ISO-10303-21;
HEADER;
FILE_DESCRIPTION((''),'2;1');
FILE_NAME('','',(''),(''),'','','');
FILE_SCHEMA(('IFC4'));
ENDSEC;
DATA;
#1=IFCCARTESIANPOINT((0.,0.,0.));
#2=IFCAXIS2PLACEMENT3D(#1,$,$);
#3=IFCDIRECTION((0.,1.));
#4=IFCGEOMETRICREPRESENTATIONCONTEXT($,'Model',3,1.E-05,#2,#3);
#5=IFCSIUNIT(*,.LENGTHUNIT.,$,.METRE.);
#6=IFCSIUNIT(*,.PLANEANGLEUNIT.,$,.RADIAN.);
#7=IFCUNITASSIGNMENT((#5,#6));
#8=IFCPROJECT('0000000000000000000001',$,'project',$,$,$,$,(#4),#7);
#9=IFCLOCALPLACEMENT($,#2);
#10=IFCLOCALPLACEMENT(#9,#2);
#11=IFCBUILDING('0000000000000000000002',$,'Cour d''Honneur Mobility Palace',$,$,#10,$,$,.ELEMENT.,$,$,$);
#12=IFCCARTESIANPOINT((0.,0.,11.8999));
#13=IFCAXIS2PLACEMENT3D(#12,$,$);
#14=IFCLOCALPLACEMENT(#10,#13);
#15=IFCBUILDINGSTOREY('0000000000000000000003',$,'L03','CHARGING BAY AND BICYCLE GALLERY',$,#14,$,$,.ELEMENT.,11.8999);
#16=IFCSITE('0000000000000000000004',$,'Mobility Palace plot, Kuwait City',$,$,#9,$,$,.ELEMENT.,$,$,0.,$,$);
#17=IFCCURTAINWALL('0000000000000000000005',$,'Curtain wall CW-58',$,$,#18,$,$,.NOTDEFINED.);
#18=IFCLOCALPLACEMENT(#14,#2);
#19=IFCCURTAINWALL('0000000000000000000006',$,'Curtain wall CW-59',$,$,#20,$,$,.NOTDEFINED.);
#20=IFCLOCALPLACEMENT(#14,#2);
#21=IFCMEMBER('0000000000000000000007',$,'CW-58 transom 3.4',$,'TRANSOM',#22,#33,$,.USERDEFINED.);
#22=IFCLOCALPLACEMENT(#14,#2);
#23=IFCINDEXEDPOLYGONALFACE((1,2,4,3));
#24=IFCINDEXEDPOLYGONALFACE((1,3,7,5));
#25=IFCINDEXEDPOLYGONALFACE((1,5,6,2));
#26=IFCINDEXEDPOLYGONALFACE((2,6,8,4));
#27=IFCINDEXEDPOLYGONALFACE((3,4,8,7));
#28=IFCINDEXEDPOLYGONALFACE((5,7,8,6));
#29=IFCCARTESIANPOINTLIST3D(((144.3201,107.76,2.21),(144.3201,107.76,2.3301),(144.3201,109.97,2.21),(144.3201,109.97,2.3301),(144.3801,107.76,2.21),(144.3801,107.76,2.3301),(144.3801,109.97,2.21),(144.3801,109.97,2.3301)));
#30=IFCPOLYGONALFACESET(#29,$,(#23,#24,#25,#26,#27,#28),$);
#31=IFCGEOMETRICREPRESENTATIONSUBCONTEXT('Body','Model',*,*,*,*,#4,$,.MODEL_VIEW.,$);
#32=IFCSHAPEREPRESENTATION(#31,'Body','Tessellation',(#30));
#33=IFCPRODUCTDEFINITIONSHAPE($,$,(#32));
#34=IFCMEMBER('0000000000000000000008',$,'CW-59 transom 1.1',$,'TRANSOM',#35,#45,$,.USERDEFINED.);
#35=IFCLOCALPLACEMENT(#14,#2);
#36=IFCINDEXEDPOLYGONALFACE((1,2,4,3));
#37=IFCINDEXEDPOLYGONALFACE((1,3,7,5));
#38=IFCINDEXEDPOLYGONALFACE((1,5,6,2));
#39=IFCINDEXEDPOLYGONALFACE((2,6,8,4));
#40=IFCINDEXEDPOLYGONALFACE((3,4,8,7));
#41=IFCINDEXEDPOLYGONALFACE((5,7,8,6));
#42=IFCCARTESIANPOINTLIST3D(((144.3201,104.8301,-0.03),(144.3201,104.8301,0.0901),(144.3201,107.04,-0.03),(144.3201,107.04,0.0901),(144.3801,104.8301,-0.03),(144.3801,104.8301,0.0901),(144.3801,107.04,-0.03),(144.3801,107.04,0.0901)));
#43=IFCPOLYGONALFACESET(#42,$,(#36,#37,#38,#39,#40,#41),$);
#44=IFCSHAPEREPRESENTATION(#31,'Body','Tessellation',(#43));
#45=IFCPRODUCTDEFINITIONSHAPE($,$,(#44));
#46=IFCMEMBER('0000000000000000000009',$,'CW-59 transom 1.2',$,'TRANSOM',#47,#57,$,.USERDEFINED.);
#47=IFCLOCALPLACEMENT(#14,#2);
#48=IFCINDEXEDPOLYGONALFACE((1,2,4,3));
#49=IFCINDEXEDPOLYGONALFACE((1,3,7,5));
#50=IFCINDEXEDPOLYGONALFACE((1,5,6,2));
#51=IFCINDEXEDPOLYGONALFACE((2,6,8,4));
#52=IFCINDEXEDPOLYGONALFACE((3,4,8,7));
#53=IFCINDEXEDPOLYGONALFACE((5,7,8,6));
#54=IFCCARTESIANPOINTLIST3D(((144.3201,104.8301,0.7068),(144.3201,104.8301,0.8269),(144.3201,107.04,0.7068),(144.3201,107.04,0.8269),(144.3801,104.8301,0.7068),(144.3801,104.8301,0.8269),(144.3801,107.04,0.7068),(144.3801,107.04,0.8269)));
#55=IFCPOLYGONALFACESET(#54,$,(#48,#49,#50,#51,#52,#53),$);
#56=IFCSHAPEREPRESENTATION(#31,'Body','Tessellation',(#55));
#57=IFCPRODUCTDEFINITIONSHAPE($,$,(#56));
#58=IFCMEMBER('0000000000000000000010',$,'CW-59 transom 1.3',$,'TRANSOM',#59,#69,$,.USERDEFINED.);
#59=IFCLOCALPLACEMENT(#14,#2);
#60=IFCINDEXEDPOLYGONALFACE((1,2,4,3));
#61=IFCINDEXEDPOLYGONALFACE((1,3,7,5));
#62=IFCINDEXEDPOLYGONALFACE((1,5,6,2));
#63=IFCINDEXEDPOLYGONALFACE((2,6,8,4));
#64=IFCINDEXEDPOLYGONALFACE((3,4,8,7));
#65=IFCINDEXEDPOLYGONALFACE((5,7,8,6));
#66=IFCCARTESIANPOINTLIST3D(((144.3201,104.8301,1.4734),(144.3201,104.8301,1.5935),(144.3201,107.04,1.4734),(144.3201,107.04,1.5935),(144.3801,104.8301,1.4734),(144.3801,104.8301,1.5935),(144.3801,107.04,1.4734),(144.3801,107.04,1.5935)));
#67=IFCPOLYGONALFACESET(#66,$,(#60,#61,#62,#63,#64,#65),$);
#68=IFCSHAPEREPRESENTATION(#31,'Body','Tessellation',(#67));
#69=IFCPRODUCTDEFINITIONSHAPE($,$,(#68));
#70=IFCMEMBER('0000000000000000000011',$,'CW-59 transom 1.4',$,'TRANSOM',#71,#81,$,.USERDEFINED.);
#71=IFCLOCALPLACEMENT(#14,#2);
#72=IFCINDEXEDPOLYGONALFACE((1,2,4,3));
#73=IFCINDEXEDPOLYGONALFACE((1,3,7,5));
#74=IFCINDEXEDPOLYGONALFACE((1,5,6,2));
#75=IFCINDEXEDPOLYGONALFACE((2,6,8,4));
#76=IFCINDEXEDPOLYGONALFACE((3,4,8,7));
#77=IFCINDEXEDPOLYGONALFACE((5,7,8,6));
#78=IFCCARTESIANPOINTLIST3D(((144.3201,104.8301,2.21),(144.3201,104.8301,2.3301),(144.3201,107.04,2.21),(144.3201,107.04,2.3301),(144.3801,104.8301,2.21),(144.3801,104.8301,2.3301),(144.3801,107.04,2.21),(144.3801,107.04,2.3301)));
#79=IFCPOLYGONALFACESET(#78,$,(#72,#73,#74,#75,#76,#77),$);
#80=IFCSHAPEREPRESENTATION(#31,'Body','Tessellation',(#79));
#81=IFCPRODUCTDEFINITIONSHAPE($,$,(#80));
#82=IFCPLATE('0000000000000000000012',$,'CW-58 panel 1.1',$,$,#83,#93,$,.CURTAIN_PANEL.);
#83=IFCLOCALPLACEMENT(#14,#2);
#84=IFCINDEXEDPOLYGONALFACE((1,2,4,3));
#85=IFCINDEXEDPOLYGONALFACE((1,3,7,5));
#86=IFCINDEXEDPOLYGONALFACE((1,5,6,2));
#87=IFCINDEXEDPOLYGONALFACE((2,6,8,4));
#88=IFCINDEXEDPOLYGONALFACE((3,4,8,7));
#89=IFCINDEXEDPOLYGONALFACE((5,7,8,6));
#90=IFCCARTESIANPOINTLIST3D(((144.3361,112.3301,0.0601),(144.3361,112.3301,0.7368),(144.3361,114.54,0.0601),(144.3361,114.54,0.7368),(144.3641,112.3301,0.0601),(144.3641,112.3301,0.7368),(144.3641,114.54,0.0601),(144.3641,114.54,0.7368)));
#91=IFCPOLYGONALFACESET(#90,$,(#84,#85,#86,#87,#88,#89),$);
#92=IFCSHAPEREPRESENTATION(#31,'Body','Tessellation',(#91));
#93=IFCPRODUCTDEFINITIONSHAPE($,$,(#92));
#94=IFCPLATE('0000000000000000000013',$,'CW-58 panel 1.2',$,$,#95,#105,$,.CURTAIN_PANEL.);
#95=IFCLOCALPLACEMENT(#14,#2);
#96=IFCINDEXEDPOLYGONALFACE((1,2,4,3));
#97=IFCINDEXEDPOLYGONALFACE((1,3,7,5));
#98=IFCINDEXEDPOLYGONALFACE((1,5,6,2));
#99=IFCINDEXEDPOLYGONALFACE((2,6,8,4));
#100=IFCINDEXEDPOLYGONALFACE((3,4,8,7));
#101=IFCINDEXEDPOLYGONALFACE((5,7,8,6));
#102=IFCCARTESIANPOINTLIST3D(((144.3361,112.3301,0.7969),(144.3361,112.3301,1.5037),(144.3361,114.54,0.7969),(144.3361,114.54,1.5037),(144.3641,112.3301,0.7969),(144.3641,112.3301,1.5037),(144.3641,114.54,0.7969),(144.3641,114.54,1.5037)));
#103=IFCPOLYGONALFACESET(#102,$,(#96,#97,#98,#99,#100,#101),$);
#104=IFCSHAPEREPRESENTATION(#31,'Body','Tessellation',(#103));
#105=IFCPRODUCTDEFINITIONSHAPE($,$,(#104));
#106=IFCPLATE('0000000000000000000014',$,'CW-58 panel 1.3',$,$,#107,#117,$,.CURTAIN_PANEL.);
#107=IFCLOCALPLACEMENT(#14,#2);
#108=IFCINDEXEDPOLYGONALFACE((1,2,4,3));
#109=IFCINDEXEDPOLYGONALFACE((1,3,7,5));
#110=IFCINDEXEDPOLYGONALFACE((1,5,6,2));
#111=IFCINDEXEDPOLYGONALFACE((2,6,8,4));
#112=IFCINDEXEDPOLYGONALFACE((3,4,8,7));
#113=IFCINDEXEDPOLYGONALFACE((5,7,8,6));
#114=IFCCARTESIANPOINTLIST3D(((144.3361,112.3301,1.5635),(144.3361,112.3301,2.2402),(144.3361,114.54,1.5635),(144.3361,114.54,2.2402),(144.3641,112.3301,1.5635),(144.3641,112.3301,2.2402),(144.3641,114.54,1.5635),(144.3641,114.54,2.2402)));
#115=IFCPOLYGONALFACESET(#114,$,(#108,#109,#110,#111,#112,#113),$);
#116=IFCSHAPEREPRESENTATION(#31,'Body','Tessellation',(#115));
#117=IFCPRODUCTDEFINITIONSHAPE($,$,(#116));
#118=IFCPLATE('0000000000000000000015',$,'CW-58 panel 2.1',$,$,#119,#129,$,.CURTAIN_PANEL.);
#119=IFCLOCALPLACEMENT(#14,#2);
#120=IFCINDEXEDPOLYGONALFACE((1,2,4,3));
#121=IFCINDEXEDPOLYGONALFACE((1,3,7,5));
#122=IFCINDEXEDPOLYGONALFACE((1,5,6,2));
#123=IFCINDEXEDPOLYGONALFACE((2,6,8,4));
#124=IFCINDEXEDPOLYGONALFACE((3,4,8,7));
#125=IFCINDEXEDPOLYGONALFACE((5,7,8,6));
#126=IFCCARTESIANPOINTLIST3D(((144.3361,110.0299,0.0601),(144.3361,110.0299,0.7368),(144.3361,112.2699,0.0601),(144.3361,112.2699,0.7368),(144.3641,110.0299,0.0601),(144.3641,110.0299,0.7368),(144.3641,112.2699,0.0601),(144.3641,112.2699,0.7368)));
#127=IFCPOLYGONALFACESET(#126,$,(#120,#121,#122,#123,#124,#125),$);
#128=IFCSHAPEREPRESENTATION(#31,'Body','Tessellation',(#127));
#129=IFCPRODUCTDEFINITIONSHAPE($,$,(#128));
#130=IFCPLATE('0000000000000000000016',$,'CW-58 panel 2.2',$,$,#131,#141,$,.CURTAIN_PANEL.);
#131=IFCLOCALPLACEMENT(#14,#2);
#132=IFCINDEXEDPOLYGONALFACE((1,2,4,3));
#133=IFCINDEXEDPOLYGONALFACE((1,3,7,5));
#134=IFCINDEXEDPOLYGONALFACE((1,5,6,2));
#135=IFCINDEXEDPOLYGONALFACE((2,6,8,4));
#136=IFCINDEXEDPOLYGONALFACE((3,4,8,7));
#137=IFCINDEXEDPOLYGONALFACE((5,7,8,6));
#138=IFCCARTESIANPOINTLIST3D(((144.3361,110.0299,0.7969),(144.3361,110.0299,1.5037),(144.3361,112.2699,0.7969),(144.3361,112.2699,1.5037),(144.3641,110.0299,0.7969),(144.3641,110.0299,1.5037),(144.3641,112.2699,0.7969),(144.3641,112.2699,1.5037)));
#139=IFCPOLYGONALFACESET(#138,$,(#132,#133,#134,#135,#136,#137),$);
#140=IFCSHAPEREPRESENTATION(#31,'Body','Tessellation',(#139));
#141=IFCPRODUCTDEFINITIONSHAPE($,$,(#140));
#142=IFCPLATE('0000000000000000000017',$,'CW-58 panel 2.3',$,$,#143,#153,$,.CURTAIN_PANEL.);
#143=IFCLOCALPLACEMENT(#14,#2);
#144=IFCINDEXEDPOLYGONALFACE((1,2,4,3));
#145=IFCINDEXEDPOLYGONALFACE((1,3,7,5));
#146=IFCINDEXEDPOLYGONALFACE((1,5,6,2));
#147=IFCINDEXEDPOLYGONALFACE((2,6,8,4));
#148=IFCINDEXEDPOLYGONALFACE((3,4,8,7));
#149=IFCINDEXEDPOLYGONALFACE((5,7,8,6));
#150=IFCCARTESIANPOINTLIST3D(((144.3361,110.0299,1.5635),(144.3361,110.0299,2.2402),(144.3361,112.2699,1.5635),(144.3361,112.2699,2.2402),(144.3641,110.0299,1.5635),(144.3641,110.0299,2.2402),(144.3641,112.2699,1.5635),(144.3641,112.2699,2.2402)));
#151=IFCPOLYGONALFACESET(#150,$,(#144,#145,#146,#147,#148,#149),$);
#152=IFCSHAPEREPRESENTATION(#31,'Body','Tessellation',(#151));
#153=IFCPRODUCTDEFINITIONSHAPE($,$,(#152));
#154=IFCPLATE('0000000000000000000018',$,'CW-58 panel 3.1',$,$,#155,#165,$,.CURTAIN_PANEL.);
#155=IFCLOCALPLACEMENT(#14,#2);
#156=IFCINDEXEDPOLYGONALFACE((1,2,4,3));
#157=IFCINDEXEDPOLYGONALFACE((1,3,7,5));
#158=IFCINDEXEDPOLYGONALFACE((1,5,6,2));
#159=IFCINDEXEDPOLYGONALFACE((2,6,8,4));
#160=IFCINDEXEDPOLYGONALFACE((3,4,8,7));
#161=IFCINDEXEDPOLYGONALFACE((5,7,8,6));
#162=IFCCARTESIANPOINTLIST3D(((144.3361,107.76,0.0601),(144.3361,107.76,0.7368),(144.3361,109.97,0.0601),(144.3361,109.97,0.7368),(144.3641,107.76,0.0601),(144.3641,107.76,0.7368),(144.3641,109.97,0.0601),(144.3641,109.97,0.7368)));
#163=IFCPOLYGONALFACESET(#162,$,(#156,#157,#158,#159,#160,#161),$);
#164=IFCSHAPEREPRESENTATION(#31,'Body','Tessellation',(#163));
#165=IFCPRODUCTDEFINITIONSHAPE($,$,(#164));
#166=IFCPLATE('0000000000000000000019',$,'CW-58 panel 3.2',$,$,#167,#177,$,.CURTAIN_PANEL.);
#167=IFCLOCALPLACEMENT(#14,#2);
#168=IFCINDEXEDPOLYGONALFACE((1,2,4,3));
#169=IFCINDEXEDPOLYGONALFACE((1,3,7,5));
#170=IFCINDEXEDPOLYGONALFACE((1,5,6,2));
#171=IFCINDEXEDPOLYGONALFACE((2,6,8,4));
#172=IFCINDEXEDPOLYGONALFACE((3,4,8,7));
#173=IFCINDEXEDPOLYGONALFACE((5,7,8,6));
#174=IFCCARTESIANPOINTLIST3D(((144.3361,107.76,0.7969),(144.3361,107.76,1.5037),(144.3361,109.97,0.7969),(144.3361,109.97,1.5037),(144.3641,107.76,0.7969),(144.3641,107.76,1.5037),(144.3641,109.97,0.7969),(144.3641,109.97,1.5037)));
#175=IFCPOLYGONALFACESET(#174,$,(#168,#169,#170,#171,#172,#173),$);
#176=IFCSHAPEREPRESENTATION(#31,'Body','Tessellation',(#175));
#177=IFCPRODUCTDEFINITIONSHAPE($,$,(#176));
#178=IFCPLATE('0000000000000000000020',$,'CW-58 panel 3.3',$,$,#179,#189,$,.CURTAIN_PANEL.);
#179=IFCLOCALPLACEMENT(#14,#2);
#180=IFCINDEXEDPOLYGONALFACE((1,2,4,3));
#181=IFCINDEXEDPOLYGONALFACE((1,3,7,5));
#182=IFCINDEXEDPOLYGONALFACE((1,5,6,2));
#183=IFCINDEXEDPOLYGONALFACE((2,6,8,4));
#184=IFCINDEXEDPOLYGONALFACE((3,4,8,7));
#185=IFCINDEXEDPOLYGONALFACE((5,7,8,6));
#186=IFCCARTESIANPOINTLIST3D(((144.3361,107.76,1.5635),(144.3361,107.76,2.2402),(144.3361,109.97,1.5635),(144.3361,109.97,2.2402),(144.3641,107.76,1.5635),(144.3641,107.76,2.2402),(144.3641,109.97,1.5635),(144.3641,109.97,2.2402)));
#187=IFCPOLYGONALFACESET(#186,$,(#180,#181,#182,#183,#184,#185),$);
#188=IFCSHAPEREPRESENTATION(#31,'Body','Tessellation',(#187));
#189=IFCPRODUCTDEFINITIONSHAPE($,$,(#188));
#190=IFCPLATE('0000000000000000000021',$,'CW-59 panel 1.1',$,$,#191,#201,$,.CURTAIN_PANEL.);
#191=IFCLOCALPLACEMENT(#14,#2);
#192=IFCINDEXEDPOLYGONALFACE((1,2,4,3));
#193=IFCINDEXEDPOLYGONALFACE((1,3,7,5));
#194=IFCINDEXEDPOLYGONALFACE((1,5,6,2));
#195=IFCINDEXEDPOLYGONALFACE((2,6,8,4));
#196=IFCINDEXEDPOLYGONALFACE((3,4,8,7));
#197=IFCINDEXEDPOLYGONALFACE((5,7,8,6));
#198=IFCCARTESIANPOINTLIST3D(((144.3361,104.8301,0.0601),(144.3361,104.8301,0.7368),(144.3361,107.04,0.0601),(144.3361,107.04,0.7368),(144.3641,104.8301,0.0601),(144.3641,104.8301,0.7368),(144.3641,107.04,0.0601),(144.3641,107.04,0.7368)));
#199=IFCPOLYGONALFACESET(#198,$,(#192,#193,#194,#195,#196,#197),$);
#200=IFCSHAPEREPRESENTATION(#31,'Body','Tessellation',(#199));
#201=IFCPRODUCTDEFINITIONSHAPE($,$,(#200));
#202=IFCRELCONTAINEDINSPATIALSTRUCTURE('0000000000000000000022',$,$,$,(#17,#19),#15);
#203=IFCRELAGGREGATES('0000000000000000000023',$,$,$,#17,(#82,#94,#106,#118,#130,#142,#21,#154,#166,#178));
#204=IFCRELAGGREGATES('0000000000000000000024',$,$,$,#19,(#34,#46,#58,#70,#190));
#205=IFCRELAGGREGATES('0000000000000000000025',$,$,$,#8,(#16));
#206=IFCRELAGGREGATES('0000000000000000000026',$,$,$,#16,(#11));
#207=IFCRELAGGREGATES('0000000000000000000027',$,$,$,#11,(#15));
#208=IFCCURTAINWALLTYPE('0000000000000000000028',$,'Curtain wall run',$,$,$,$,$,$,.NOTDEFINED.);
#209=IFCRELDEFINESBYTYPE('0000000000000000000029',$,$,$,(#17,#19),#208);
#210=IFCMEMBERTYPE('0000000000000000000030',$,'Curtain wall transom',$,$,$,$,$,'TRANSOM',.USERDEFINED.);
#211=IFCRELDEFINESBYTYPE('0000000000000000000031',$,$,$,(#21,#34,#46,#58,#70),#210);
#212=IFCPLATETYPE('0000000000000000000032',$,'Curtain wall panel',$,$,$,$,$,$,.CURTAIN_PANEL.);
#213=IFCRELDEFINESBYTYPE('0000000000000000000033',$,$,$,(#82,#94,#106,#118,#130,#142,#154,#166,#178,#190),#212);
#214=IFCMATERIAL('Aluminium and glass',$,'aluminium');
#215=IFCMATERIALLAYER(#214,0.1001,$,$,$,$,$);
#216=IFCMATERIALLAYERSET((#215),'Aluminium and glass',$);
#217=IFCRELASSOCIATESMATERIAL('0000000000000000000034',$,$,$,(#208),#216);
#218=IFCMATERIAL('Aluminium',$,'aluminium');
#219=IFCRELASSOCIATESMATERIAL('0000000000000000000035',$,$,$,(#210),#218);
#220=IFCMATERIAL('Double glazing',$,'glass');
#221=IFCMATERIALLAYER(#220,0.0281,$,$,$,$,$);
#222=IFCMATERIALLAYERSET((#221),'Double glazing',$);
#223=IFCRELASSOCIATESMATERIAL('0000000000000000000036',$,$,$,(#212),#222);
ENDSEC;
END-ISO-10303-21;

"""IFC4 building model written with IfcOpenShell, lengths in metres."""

from ifc_helpers import new_model, si_unit, direction, frame, origin, origin_2d, place, context, subcontext, project, spatial, rectangle, extrude, material, layer, layer_set, material_profile, profile_set, type_object, element, aggregate, save


model = new_model("IFC4")

# Units and contexts
model_context = context("Model", 3, precision=1e-05, world=origin(), true_north=direction((0.0, 1.0)))
body_context = subcontext(model_context, "Body", "Model", "MODEL_VIEW")
ifc_project = project(units=[si_unit("LENGTHUNIT", "METRE"), si_unit("PLANEANGLEUNIT", "RADIAN")], contexts=[model_context])

# Site, building, storey
site_placement = place(None, origin())
site = spatial("IfcSite", under=ifc_project, at=site_placement, Name="Mobility Palace plot, Kuwait City", CompositionType="ELEMENT", RefElevation=0.0)
building_placement = place(site_placement, origin())
building = spatial("IfcBuilding", under=site, at=building_placement, Name="Cour d'Honneur Mobility Palace", CompositionType="ELEMENT")
storey_placement = place(building_placement, frame((0.0, 0.0, 11.8999)))
storey = spatial("IfcBuildingStorey", under=building, at=storey_placement, Name="L03", Description="CHARGING BAY AND BICYCLE GALLERY", CompositionType="ELEMENT", Elevation=11.8999)

# Curtain wall
ifc_material_1 = material(Name="Aluminium and glass", Category="aluminium")
ifc_layer_1 = layer(ifc_material_1, 0.1001)
ifc_layer_set_1 = layer_set([ifc_layer_1], Name="Aluminium and glass")
curtain_wall_type = type_object("IfcCurtainWallType", Name="Curtain wall run", PredefinedType="NOTDEFINED", material=ifc_layer_set_1)
curtain_wall_1_placement = place(storey_placement, origin())
curtain_wall_1 = element("IfcCurtainWall", 1, at=curtain_wall_1_placement, inside=storey, type_object=curtain_wall_type, Name="Curtain wall CW-58", PredefinedType="NOTDEFINED")

# Curtain wall
curtain_wall_2_placement = place(storey_placement, origin())
curtain_wall_2 = element("IfcCurtainWall", 2, at=curtain_wall_2_placement, inside=storey, type_object=curtain_wall_type, Name="Curtain wall CW-59", PredefinedType="NOTDEFINED")

# Members
ifc_material_2 = material(Name="Aluminium", Category="aluminium")
ifc_material_profile_1 = material_profile(ifc_material_2, rectangle(XDim=0.0601, YDim=0.1201, at=origin_2d()), Name="Curtain wall transom")
ifc_profile_set_1 = profile_set([ifc_material_profile_1], Name="Aluminium")
member_type_1 = type_object("IfcMemberType", Name="Curtain wall transom", ElementType="TRANSOM", PredefinedType="USERDEFINED", material=ifc_profile_set_1)
member_1_placement = place(storey_placement, frame((144.3501, 109.97, 2.27), z_axis=(0.0, -1.0, 0.0), x_axis=(1.0, 0.0, 0.0)))
member_1 = element("IfcMember", 3, at=member_1_placement, type_object=member_type_1, Name="CW-58 transom 3.4", ObjectType="TRANSOM", PredefinedType="USERDEFINED", context=body_context, shape_type="SweptSolid", body=[
    extrude(rectangle(XDim=0.0601, YDim=0.1201, at=origin_2d()), origin(), (0.0, 0.0, 1.0), 2.21),
])
member_2_placement = place(storey_placement, frame((144.3501, 107.04, 0.03), z_axis=(0.0, -1.0, 0.0), x_axis=(1.0, 0.0, 0.0)))
member_2 = element("IfcMember", 4, at=member_2_placement, type_object=member_type_1, Name="CW-59 transom 1.1", ObjectType="TRANSOM", PredefinedType="USERDEFINED", context=body_context, shape_type="SweptSolid", body=[
    extrude(rectangle(XDim=0.0601, YDim=0.1201, at=origin_2d()), origin(), (0.0, 0.0, 1.0), 2.21),
])
member_3_placement = place(storey_placement, frame((144.3501, 107.04, 0.7668), z_axis=(0.0, -1.0, 0.0), x_axis=(1.0, 0.0, 0.0)))
member_3 = element("IfcMember", 5, at=member_3_placement, type_object=member_type_1, Name="CW-59 transom 1.2", ObjectType="TRANSOM", PredefinedType="USERDEFINED", context=body_context, shape_type="SweptSolid", body=[
    extrude(rectangle(XDim=0.0601, YDim=0.1201, at=origin_2d()), origin(), (0.0, 0.0, 1.0), 2.21),
])
member_4_placement = place(storey_placement, frame((144.3501, 107.04, 1.5334), z_axis=(0.0, -1.0, 0.0), x_axis=(1.0, 0.0, 0.0)))
member_4 = element("IfcMember", 6, at=member_4_placement, type_object=member_type_1, Name="CW-59 transom 1.3", ObjectType="TRANSOM", PredefinedType="USERDEFINED", context=body_context, shape_type="SweptSolid", body=[
    extrude(rectangle(XDim=0.0601, YDim=0.1201, at=origin_2d()), origin(), (0.0, 0.0, 1.0), 2.21),
])
member_5_placement = place(storey_placement, frame((144.3501, 107.04, 2.27), z_axis=(0.0, -1.0, 0.0), x_axis=(1.0, 0.0, 0.0)))
member_5 = element("IfcMember", 7, at=member_5_placement, type_object=member_type_1, Name="CW-59 transom 1.4", ObjectType="TRANSOM", PredefinedType="USERDEFINED", context=body_context, shape_type="SweptSolid", body=[
    extrude(rectangle(XDim=0.0601, YDim=0.1201, at=origin_2d()), origin(), (0.0, 0.0, 1.0), 2.21),
])

# Plates
ifc_material_3 = material(Name="Double glazing", Category="glass")
ifc_layer_2 = layer(ifc_material_3, 0.0281)
ifc_layer_set_2 = layer_set([ifc_layer_2], Name="Double glazing")
plate_type = type_object("IfcPlateType", Name="Curtain wall panel", PredefinedType="CURTAIN_PANEL", material=ifc_layer_set_2)
plate_1_placement = place(storey_placement, frame((144.3501, 113.4351, 0.0601), z_axis=(0.0, 0.0, 1.0), x_axis=(0.0, -1.0, 0.0)))
plate_1 = element("IfcPlate", 8, at=plate_1_placement, type_object=plate_type, Name="CW-58 panel 1.1", PredefinedType="CURTAIN_PANEL", context=body_context, shape_type="SweptSolid", body=[
    extrude(rectangle(XDim=2.21, YDim=0.0281, at=origin_2d()), origin(), (0.0, 0.0, 1.0), 0.6768),
])
plate_2_placement = place(storey_placement, frame((144.3501, 113.4351, 0.7969), z_axis=(0.0, 0.0, 1.0), x_axis=(0.0, -1.0, 0.0)))
plate_2 = element("IfcPlate", 9, at=plate_2_placement, type_object=plate_type, Name="CW-58 panel 1.2", PredefinedType="CURTAIN_PANEL", context=body_context, shape_type="SweptSolid", body=[
    extrude(rectangle(XDim=2.21, YDim=0.0281, at=origin_2d()), origin(), (0.0, 0.0, 1.0), 0.7068),
])
plate_3_placement = place(storey_placement, frame((144.3501, 113.4351, 1.5635), z_axis=(0.0, 0.0, 1.0), x_axis=(0.0, -1.0, 0.0)))
plate_3 = element("IfcPlate", 10, at=plate_3_placement, type_object=plate_type, Name="CW-58 panel 1.3", PredefinedType="CURTAIN_PANEL", context=body_context, shape_type="SweptSolid", body=[
    extrude(rectangle(XDim=2.21, YDim=0.0281, at=origin_2d()), origin(), (0.0, 0.0, 1.0), 0.6768),
])
plate_4_placement = place(storey_placement, frame((144.3501, 111.1499, 0.0601), z_axis=(0.0, 0.0, 1.0), x_axis=(0.0, -1.0, 0.0)))
plate_4 = element("IfcPlate", 11, at=plate_4_placement, type_object=plate_type, Name="CW-58 panel 2.1", PredefinedType="CURTAIN_PANEL", context=body_context, shape_type="SweptSolid", body=[
    extrude(rectangle(XDim=2.24, YDim=0.0281, at=origin_2d()), origin(), (0.0, 0.0, 1.0), 0.6768),
])
plate_5_placement = place(storey_placement, frame((144.3501, 111.1499, 0.7969), z_axis=(0.0, 0.0, 1.0), x_axis=(0.0, -1.0, 0.0)))
plate_5 = element("IfcPlate", 12, at=plate_5_placement, type_object=plate_type, Name="CW-58 panel 2.2", PredefinedType="CURTAIN_PANEL", context=body_context, shape_type="SweptSolid", body=[
    extrude(rectangle(XDim=2.24, YDim=0.0281, at=origin_2d()), origin(), (0.0, 0.0, 1.0), 0.7068),
])
plate_6_placement = place(storey_placement, frame((144.3501, 111.1499, 1.5635), z_axis=(0.0, 0.0, 1.0), x_axis=(0.0, -1.0, 0.0)))
plate_6 = element("IfcPlate", 13, at=plate_6_placement, type_object=plate_type, Name="CW-58 panel 2.3", PredefinedType="CURTAIN_PANEL", context=body_context, shape_type="SweptSolid", body=[
    extrude(rectangle(XDim=2.24, YDim=0.0281, at=origin_2d()), origin(), (0.0, 0.0, 1.0), 0.6768),
])
plate_7_placement = place(storey_placement, frame((144.3501, 108.865, 0.0601), z_axis=(0.0, 0.0, 1.0), x_axis=(0.0, -1.0, 0.0)))
plate_7 = element("IfcPlate", 14, at=plate_7_placement, type_object=plate_type, Name="CW-58 panel 3.1", PredefinedType="CURTAIN_PANEL", context=body_context, shape_type="SweptSolid", body=[
    extrude(rectangle(XDim=2.21, YDim=0.0281, at=origin_2d()), origin(), (0.0, 0.0, 1.0), 0.6768),
])
plate_8_placement = place(storey_placement, frame((144.3501, 108.865, 0.7969), z_axis=(0.0, 0.0, 1.0), x_axis=(0.0, -1.0, 0.0)))
plate_8 = element("IfcPlate", 15, at=plate_8_placement, type_object=plate_type, Name="CW-58 panel 3.2", PredefinedType="CURTAIN_PANEL", context=body_context, shape_type="SweptSolid", body=[
    extrude(rectangle(XDim=2.21, YDim=0.0281, at=origin_2d()), origin(), (0.0, 0.0, 1.0), 0.7068),
])
plate_9_placement = place(storey_placement, frame((144.3501, 108.865, 1.5635), z_axis=(0.0, 0.0, 1.0), x_axis=(0.0, -1.0, 0.0)))
plate_9 = element("IfcPlate", 16, at=plate_9_placement, type_object=plate_type, Name="CW-58 panel 3.3", PredefinedType="CURTAIN_PANEL", context=body_context, shape_type="SweptSolid", body=[
    extrude(rectangle(XDim=2.21, YDim=0.0281, at=origin_2d()), origin(), (0.0, 0.0, 1.0), 0.6768),
])
aggregate(curtain_wall_1, [plate_1, plate_2, plate_3, plate_4, plate_5, plate_6, member_1, plate_7, plate_8, plate_9])
plate_10_placement = place(storey_placement, frame((144.3501, 105.9351, 0.0601), z_axis=(0.0, 0.0, 1.0), x_axis=(0.0, -1.0, 0.0)))
plate_10 = element("IfcPlate", 17, at=plate_10_placement, type_object=plate_type, Name="CW-59 panel 1.1", PredefinedType="CURTAIN_PANEL", context=body_context, shape_type="SweptSolid", body=[
    extrude(rectangle(XDim=2.21, YDim=0.0281, at=origin_2d()), origin(), (0.0, 0.0, 1.0), 0.6768),
])
aggregate(curtain_wall_2, [member_2, member_3, member_4, member_5, plate_10])

save(model, "model.ifc")
